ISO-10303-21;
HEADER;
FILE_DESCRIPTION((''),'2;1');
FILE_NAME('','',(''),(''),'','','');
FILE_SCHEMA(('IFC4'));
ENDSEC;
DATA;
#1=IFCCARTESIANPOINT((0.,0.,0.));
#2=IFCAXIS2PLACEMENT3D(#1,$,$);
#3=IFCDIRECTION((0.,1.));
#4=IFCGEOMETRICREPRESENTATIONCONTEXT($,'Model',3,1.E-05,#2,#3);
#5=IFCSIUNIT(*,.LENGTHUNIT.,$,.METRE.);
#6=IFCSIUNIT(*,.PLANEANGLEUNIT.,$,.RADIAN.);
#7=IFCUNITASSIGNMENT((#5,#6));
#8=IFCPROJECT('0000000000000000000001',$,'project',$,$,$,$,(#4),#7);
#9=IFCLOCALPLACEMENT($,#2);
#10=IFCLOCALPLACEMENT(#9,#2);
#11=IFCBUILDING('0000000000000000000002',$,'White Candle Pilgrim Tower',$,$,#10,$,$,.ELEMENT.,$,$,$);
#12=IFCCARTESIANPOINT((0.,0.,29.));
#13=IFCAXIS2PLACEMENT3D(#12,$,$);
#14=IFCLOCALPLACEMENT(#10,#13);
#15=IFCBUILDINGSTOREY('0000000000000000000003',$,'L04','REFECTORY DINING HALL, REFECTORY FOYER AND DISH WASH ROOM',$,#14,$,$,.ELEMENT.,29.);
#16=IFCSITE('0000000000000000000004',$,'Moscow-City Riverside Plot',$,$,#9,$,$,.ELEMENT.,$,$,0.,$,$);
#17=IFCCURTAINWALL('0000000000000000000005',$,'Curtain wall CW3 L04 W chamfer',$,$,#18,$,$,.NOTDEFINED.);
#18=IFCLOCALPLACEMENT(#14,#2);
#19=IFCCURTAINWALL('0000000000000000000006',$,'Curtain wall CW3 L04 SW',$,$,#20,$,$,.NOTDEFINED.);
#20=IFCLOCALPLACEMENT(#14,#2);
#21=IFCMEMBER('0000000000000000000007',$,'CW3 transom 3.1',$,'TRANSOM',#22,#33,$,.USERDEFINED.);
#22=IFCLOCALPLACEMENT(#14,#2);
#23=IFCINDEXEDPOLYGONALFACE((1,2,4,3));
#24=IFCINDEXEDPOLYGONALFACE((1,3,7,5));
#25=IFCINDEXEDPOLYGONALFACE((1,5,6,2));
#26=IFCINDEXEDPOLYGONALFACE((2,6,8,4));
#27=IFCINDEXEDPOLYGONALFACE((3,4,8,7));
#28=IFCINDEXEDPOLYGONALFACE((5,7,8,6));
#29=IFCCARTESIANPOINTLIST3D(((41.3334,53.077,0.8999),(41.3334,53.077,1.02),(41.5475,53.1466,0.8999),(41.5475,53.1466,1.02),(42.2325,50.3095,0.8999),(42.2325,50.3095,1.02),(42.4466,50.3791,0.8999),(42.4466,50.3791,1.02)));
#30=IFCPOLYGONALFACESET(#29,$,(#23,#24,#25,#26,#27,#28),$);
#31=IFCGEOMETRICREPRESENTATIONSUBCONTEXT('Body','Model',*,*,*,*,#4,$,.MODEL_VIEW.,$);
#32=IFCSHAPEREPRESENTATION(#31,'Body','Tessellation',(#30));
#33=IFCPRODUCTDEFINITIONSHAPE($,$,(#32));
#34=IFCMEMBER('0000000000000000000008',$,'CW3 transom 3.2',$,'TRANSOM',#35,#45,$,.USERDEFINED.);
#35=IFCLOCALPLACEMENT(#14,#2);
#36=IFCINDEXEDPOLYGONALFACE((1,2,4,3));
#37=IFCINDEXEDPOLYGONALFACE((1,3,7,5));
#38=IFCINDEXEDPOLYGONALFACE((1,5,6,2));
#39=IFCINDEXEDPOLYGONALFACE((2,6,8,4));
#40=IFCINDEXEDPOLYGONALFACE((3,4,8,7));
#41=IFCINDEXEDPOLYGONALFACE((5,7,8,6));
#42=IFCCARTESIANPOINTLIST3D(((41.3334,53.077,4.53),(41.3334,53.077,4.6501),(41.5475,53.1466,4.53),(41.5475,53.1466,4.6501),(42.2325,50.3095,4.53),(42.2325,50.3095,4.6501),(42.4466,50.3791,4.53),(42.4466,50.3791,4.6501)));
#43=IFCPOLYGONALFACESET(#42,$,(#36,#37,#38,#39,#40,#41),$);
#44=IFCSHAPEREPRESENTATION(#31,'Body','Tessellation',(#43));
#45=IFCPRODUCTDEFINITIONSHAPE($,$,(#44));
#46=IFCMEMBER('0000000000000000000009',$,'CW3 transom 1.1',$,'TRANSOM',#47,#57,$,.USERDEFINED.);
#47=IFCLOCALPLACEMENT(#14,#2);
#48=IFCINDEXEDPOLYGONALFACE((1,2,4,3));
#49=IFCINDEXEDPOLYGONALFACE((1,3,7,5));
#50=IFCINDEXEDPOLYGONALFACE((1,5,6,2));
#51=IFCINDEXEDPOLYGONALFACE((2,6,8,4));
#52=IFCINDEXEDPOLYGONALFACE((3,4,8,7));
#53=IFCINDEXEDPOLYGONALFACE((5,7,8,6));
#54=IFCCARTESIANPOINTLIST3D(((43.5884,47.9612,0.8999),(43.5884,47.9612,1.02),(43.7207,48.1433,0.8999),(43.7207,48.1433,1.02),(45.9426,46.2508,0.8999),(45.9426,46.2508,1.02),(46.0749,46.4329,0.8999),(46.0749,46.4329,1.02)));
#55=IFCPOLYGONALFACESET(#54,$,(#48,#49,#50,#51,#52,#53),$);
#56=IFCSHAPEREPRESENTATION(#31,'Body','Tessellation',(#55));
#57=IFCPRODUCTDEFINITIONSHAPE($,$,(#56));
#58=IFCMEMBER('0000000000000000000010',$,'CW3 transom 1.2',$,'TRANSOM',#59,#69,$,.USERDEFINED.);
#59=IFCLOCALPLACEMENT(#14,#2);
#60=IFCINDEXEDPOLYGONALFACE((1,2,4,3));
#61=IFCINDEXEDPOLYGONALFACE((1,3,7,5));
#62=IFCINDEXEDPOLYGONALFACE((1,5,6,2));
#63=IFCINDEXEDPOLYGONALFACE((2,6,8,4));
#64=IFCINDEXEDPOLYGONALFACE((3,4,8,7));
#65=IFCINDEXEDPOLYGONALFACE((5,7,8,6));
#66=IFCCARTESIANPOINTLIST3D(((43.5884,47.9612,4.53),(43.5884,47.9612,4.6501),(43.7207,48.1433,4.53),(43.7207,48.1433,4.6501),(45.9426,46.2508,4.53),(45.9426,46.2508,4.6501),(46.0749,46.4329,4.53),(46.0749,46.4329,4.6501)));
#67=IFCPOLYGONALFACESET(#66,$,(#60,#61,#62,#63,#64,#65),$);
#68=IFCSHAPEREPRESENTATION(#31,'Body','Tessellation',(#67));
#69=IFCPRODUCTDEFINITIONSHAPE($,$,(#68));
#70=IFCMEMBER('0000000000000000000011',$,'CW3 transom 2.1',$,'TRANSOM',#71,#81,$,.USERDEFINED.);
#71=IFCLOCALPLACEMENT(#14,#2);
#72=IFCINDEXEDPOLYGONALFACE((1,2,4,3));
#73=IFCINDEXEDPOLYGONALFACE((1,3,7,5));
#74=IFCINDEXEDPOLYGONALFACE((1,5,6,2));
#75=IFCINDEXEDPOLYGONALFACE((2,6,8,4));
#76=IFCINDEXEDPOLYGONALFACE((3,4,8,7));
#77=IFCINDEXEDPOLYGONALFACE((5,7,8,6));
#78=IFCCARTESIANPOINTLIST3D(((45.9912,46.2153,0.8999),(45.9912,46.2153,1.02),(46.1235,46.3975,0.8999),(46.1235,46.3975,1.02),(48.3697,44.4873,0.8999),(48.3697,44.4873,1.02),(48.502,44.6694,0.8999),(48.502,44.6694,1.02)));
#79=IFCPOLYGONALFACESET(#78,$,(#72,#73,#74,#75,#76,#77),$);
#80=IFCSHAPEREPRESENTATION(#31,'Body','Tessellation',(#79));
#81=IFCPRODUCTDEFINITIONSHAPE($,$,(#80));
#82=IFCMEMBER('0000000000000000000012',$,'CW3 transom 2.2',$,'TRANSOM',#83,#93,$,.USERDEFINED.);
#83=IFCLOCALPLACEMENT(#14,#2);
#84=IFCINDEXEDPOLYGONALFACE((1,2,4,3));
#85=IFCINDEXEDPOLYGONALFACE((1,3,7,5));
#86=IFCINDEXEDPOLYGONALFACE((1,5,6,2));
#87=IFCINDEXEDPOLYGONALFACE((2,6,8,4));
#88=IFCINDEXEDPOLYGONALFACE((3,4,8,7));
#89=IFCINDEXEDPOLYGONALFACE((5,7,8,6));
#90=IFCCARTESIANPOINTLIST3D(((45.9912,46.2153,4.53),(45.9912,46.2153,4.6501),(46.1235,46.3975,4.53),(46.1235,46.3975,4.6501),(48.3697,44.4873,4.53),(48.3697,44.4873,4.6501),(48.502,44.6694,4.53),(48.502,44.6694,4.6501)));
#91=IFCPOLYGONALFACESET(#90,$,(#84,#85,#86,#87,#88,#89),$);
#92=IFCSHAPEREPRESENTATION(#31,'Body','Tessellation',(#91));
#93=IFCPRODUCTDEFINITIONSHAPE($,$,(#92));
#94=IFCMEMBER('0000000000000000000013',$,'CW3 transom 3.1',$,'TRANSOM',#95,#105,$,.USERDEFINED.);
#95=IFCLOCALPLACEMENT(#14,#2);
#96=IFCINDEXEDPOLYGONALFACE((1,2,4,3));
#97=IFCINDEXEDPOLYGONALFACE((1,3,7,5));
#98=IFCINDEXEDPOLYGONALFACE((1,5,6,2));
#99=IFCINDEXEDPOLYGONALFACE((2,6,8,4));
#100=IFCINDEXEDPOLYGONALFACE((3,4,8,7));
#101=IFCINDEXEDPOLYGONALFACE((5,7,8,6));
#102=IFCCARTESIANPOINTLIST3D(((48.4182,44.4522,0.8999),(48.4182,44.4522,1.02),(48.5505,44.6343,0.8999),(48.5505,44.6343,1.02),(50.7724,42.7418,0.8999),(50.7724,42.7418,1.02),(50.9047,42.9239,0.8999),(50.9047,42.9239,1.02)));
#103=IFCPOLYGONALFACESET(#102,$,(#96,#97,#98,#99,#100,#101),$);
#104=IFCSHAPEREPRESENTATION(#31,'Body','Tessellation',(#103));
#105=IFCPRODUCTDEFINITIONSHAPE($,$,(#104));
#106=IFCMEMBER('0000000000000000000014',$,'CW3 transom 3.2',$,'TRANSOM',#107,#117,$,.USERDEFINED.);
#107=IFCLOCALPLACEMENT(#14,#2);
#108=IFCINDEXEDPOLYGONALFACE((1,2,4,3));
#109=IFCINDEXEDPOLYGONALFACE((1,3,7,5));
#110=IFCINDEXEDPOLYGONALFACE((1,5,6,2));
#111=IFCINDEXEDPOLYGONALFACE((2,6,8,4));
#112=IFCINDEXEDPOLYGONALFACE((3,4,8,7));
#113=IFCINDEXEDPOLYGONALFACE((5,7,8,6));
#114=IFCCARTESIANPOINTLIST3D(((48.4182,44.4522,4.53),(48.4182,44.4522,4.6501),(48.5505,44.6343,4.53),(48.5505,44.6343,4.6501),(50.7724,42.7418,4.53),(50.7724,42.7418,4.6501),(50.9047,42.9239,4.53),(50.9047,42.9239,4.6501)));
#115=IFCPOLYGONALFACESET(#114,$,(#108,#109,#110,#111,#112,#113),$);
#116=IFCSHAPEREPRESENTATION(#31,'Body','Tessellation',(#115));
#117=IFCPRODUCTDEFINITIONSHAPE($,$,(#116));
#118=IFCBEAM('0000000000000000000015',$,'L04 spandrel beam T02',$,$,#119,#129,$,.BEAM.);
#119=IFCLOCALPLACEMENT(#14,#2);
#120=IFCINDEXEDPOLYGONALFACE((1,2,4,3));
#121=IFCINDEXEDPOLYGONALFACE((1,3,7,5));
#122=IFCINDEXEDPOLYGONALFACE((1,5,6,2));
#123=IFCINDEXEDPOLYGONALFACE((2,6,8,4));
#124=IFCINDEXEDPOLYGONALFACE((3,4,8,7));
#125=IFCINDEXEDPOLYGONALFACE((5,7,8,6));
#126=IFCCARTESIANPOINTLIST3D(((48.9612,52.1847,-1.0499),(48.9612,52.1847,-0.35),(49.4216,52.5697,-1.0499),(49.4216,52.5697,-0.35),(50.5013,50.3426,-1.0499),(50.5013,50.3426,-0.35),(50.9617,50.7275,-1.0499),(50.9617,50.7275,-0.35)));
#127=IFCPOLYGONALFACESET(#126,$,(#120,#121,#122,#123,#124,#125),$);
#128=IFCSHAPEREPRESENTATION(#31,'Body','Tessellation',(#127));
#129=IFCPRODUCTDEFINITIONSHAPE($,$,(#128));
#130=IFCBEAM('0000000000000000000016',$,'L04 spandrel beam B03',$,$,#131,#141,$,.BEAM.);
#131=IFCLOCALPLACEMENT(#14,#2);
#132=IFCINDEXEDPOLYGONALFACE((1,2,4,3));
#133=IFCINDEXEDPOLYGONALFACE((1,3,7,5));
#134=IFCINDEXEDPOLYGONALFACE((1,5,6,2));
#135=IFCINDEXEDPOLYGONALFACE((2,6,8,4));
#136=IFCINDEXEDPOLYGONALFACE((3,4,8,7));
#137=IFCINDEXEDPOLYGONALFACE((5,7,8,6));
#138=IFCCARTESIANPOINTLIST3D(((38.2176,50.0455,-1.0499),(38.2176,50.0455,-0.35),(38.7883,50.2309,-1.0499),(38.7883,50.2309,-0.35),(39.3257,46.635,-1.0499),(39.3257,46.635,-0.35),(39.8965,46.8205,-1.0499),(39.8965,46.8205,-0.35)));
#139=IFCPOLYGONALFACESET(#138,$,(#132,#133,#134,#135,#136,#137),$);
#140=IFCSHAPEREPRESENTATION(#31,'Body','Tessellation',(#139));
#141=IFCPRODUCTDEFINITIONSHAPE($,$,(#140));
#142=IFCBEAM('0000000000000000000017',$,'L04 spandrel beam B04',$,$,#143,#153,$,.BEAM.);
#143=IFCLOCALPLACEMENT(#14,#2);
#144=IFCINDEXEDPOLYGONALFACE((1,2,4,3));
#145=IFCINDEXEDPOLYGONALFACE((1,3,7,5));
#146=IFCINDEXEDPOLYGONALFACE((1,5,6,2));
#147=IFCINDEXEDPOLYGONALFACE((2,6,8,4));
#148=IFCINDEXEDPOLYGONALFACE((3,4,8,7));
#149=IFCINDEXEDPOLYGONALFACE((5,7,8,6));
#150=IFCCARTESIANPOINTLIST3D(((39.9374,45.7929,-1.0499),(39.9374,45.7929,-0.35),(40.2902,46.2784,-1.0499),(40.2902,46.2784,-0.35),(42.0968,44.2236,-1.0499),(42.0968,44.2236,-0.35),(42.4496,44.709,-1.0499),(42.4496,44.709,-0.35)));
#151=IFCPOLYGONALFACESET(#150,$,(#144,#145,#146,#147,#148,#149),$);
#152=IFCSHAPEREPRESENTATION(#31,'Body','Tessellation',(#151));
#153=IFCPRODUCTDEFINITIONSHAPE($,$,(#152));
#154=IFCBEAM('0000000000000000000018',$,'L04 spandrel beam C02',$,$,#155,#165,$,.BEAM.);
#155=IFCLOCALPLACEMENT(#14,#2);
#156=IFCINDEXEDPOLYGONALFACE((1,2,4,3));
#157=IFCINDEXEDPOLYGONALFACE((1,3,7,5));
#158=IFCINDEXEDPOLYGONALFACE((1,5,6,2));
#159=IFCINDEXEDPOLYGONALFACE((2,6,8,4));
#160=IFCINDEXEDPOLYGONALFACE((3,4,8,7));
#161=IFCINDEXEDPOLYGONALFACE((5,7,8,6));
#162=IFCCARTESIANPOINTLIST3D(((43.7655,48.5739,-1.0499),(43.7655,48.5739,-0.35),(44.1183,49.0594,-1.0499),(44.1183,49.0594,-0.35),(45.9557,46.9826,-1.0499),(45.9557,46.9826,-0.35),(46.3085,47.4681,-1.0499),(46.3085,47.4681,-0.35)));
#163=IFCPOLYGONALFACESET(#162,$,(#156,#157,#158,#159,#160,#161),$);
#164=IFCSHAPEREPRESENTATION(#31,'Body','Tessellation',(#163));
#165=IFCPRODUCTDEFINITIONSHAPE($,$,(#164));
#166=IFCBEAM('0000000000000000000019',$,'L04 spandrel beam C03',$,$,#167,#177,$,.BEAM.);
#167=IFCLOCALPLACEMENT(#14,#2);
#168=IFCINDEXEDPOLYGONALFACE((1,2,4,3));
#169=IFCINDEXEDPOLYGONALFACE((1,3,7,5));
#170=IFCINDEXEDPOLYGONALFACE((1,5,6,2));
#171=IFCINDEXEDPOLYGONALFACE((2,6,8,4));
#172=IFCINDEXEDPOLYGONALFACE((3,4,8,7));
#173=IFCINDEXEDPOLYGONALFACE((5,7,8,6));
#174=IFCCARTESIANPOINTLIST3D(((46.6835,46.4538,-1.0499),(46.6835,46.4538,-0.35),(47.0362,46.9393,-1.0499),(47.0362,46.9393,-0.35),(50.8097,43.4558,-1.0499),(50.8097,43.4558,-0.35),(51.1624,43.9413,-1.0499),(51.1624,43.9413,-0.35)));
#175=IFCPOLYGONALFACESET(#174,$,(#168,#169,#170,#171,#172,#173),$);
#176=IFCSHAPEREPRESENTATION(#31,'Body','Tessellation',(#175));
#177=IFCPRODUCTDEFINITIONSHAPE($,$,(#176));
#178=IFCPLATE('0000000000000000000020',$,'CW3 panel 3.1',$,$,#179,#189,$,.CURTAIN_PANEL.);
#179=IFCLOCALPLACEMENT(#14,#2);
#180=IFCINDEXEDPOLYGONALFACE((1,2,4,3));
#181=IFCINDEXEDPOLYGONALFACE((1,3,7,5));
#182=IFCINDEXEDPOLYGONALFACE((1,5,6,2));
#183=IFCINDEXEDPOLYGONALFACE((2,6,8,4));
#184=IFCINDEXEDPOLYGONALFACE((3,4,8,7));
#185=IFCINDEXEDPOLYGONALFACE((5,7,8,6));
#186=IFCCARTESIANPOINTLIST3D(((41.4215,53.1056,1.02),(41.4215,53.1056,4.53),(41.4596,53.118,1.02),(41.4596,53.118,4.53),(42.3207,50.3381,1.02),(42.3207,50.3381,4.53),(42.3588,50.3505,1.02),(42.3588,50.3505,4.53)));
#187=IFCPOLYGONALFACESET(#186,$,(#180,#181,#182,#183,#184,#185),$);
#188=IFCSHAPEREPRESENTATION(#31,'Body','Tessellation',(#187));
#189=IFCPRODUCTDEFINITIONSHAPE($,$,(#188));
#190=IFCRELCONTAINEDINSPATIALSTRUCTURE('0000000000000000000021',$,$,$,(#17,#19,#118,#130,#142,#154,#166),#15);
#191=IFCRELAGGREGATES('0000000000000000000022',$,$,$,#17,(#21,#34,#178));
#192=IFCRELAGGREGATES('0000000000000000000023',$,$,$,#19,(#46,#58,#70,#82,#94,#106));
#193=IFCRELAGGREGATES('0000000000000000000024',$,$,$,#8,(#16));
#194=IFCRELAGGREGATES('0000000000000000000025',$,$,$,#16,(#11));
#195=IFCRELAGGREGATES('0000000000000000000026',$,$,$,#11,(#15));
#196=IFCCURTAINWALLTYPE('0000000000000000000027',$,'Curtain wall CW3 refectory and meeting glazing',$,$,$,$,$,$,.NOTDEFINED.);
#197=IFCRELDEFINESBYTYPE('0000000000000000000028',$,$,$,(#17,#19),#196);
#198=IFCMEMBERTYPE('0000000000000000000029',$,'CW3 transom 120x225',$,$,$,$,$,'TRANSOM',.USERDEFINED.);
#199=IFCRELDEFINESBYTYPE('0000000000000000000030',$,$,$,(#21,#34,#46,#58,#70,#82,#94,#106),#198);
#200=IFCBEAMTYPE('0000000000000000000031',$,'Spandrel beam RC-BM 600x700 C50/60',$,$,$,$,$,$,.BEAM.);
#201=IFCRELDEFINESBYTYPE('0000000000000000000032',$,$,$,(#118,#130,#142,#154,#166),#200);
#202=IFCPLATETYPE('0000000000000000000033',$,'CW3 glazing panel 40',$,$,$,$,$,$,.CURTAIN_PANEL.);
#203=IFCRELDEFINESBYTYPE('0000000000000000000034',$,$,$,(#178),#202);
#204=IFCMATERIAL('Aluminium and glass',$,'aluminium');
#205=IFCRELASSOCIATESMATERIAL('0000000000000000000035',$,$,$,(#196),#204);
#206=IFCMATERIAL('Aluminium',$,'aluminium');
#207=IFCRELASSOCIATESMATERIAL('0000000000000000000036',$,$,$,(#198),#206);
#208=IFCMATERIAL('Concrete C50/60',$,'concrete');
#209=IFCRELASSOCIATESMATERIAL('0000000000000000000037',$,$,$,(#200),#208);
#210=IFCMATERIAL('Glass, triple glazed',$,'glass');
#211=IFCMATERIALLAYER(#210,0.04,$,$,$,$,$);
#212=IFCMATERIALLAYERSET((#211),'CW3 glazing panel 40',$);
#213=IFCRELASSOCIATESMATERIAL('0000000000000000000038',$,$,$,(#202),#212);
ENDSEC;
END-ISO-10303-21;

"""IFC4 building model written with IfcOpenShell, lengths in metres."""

from ifc_helpers import new_model, si_unit, direction, frame, origin, origin_2d, place, context, subcontext, project, spatial, rectangle, extrude, material, layer, layer_set, material_profile, profile_set, type_object, element, aggregate, save


model = new_model("IFC4")

# Units and contexts
model_context = context("Model", 3, precision=1e-05, world=origin(), true_north=direction((0.0, 1.0)))
body_context = subcontext(model_context, "Body", "Model", "MODEL_VIEW")
ifc_project = project(units=[si_unit("LENGTHUNIT", "METRE"), si_unit("PLANEANGLEUNIT", "RADIAN")], contexts=[model_context])

# Site, building, storey
site_placement = place(None, origin())
site = spatial("IfcSite", under=ifc_project, at=site_placement, Name="Moscow-City Riverside Plot", CompositionType="ELEMENT", RefElevation=0.0)
building_placement = place(site_placement, origin())
building = spatial("IfcBuilding", under=site, at=building_placement, Name="White Candle Pilgrim Tower", CompositionType="ELEMENT")
storey_placement = place(building_placement, frame((0.0, 0.0, 29.0)))
storey = spatial("IfcBuildingStorey", under=building, at=storey_placement, Name="L04", Description="REFECTORY DINING HALL, REFECTORY FOYER AND DISH WASH ROOM", CompositionType="ELEMENT", Elevation=29.0)

# Curtain walls
ifc_material_1 = material(Name="Aluminium and glass", Category="aluminium")
curtain_wall_type = type_object("IfcCurtainWallType", Name="Curtain wall CW3 refectory and meeting glazing", PredefinedType="NOTDEFINED", material=ifc_material_1)
curtain_wall_1_placement = place(storey_placement, origin())
curtain_wall_1 = element("IfcCurtainWall", 1, at=curtain_wall_1_placement, inside=storey, type_object=curtain_wall_type, Name="Curtain wall CW3 L04 W chamfer", PredefinedType="NOTDEFINED")
ifc_material_2 = material(Name="Aluminium", Category="aluminium")
curtain_wall_2_placement = place(storey_placement, origin())
curtain_wall_2 = element("IfcCurtainWall", 2, at=curtain_wall_2_placement, inside=storey, type_object=curtain_wall_type, Name="Curtain wall CW3 L04 SW", PredefinedType="NOTDEFINED")

# Members
ifc_material_profile_1 = material_profile(ifc_material_2, rectangle(XDim=0.2251, YDim=0.1201, at=origin_2d()), Name="CW3 transom 120x225")
ifc_profile_set_1 = profile_set([ifc_material_profile_1], Name="Aluminium")
member_type_1 = type_object("IfcMemberType", Name="CW3 transom 120x225", ElementType="TRANSOM", PredefinedType="USERDEFINED", material=ifc_profile_set_1)
member_1_placement = place(storey_placement, frame((41.4404, 53.1118, 0.96), z_axis=(0.308995, -0.951064, 0.0), x_axis=(0.951064, 0.308995, 0.0)))
member_1 = element("IfcMember", 3, at=member_1_placement, type_object=member_type_1, Name="CW3 transom 3.1", ObjectType="TRANSOM", PredefinedType="USERDEFINED", context=body_context, shape_type="SweptSolid", body=[
    extrude(rectangle(XDim=0.2251, YDim=0.1201, at=origin_2d()), origin(), (0.0, 0.0, 1.0), 2.9099),
])
member_2_placement = place(storey_placement, frame((41.4404, 53.1118, 4.5901), z_axis=(0.308995, -0.951064, 0.0), x_axis=(0.951064, 0.308995, 0.0)))
member_2 = element("IfcMember", 4, at=member_2_placement, type_object=member_type_1, Name="CW3 transom 3.2", ObjectType="TRANSOM", PredefinedType="USERDEFINED", context=body_context, shape_type="SweptSolid", body=[
    extrude(rectangle(XDim=0.2251, YDim=0.1201, at=origin_2d()), origin(), (0.0, 0.0, 1.0), 2.9099),
])
member_3_placement = place(storey_placement, frame((43.6545, 48.0522, 0.96), z_axis=(0.809019, -0.587783, 0.0), x_axis=(0.587783, 0.809019, 0.0)))
member_3 = element("IfcMember", 5, at=member_3_placement, type_object=member_type_1, Name="CW3 transom 1.1", ObjectType="TRANSOM", PredefinedType="USERDEFINED", context=body_context, shape_type="SweptSolid", body=[
    extrude(rectangle(XDim=0.2251, YDim=0.1201, at=origin_2d()), origin(), (0.0, 0.0, 1.0), 2.9099),
])
member_4_placement = place(storey_placement, frame((43.6545, 48.0522, 4.5901), z_axis=(0.809019, -0.587783, 0.0), x_axis=(0.587783, 0.809019, 0.0)))
member_4 = element("IfcMember", 6, at=member_4_placement, type_object=member_type_1, Name="CW3 transom 1.2", ObjectType="TRANSOM", PredefinedType="USERDEFINED", context=body_context, shape_type="SweptSolid", body=[
    extrude(rectangle(XDim=0.2251, YDim=0.1201, at=origin_2d()), origin(), (0.0, 0.0, 1.0), 2.9099),
])
member_5_placement = place(storey_placement, frame((46.0574, 46.3064, 0.96), z_axis=(0.809016, -0.587786, 0.0), x_axis=(0.587786, 0.809016, 0.0)))
member_5 = element("IfcMember", 7, at=member_5_placement, type_object=member_type_1, Name="CW3 transom 2.1", ObjectType="TRANSOM", PredefinedType="USERDEFINED", context=body_context, shape_type="SweptSolid", body=[
    extrude(rectangle(XDim=0.2251, YDim=0.1201, at=origin_2d()), origin(), (0.0, 0.0, 1.0), 2.9399),
])
member_6_placement = place(storey_placement, frame((46.0574, 46.3064, 4.5901), z_axis=(0.809016, -0.587786, 0.0), x_axis=(0.587786, 0.809016, 0.0)))
member_6 = element("IfcMember", 8, at=member_6_placement, type_object=member_type_1, Name="CW3 transom 2.2", ObjectType="TRANSOM", PredefinedType="USERDEFINED", context=body_context, shape_type="SweptSolid", body=[
    extrude(rectangle(XDim=0.2251, YDim=0.1201, at=origin_2d()), origin(), (0.0, 0.0, 1.0), 2.9399),
])
member_7_placement = place(storey_placement, frame((48.4844, 44.5432, 0.96), z_axis=(0.809019, -0.587783, 0.0), x_axis=(0.587783, 0.809019, 0.0)))
member_7 = element("IfcMember", 9, at=member_7_placement, type_object=member_type_1, Name="CW3 transom 3.1", ObjectType="TRANSOM", PredefinedType="USERDEFINED", context=body_context, shape_type="SweptSolid", body=[
    extrude(rectangle(XDim=0.2251, YDim=0.1201, at=origin_2d()), origin(), (0.0, 0.0, 1.0), 2.9099),
])
member_8_placement = place(storey_placement, frame((48.4844, 44.5432, 4.5901), z_axis=(0.809019, -0.587783, 0.0), x_axis=(0.587783, 0.809019, 0.0)))
member_8 = element("IfcMember", 10, at=member_8_placement, type_object=member_type_1, Name="CW3 transom 3.2", ObjectType="TRANSOM", PredefinedType="USERDEFINED", context=body_context, shape_type="SweptSolid", body=[
    extrude(rectangle(XDim=0.2251, YDim=0.1201, at=origin_2d()), origin(), (0.0, 0.0, 1.0), 2.9099),
])

# Beams
ifc_material_3 = material(Name="Concrete C50/60", Category="concrete")
ifc_material_profile_2 = material_profile(ifc_material_3, rectangle(XDim=0.6001, YDim=0.7, at=origin_2d()), Name="RC-BM 600x700")
ifc_profile_set_2 = profile_set([ifc_material_profile_2], Name="Concrete C50/60")
beam_type = type_object("IfcBeamType", Name="Spandrel beam RC-BM 600x700 C50/60", PredefinedType="BEAM", material=ifc_profile_set_2)
beam_1_placement = place(storey_placement, frame((49.1914, 52.3772, -0.7), z_axis=(0.641414, -0.767195, 0.0), x_axis=(0.767195, 0.641414, 0.0)))
element("IfcBeam", 11, at=beam_1_placement, inside=storey, type_object=beam_type, Name="L04 spandrel beam T02", PredefinedType="BEAM", context=body_context, shape_type="SweptSolid", body=[
    extrude(rectangle(XDim=0.6001, YDim=0.7, at=origin_2d()), origin(), (0.0, 0.0, 1.0), 2.4011),
])
beam_2_placement = place(storey_placement, frame((38.5029, 50.1382, -0.7), z_axis=(0.309029, -0.951053, 0.0), x_axis=(0.951053, 0.309029, 0.0)))
element("IfcBeam", 12, at=beam_2_placement, inside=storey, type_object=beam_type, Name="L04 spandrel beam B03", PredefinedType="BEAM", context=body_context, shape_type="SweptSolid", body=[
    extrude(rectangle(XDim=0.6001, YDim=0.7, at=origin_2d()), origin(), (0.0, 0.0, 1.0), 3.5859),
])
beam_3_placement = place(storey_placement, frame((40.1138, 46.0356, -0.7), z_axis=(0.808942, -0.587889, 0.0), x_axis=(0.587889, 0.808942, 0.0)))
element("IfcBeam", 13, at=beam_3_placement, inside=storey, type_object=beam_type, Name="L04 spandrel beam B04", PredefinedType="BEAM", context=body_context, shape_type="SweptSolid", body=[
    extrude(rectangle(XDim=0.6001, YDim=0.7, at=origin_2d()), origin(), (0.0, 0.0, 1.0), 2.6694),
])
beam_4_placement = place(storey_placement, frame((43.9419, 48.8167, -0.7), z_axis=(0.809009, -0.587796, 0.0), x_axis=(0.587796, 0.809009, 0.0)))
element("IfcBeam", 14, at=beam_4_placement, inside=storey, type_object=beam_type, Name="L04 spandrel beam C02", PredefinedType="BEAM", context=body_context, shape_type="SweptSolid", body=[
    extrude(rectangle(XDim=0.6001, YDim=0.7, at=origin_2d()), origin(), (0.0, 0.0, 1.0), 2.7073),
])
beam_5_placement = place(storey_placement, frame((46.8599, 46.6965, -0.7), z_axis=(0.809001, -0.587807, 0.0), x_axis=(0.587807, 0.809001, 0.0)))
element("IfcBeam", 15, at=beam_5_placement, inside=storey, type_object=beam_type, Name="L04 spandrel beam C03", PredefinedType="BEAM", context=body_context, shape_type="SweptSolid", body=[
    extrude(rectangle(XDim=0.6001, YDim=0.7, at=origin_2d()), origin(), (0.0, 0.0, 1.0), 5.1003),
])

# Plate
ifc_material_4 = material(Name="Glass, triple glazed", Category="glass")
ifc_layer_1 = layer(ifc_material_4, 0.04)
ifc_layer_set_1 = layer_set([ifc_layer_1], Name="CW3 glazing panel 40")
plate_type = type_object("IfcPlateType", Name="CW3 glazing panel 40", PredefinedType="CURTAIN_PANEL", material=ifc_layer_set_1)
plate_1_placement = place(storey_placement, frame((41.8901, 51.728, 1.02), z_axis=(0.0, 0.0, 1.0), x_axis=(0.309017, -0.951057, 0.0)))
plate_1 = element("IfcPlate", 16, at=plate_1_placement, type_object=plate_type, Name="CW3 panel 3.1", PredefinedType="CURTAIN_PANEL", context=body_context, shape_type="SweptSolid", body=[
    extrude(rectangle(XDim=2.9099, YDim=0.04, at=origin_2d()), origin(), (0.0, 0.0, 1.0), 3.51),
])
aggregate(curtain_wall_1, [member_1, member_2, plate_1])
aggregate(curtain_wall_2, [member_3, member_4, member_5, member_6, member_7, member_8])

save(model, "model.ifc")
